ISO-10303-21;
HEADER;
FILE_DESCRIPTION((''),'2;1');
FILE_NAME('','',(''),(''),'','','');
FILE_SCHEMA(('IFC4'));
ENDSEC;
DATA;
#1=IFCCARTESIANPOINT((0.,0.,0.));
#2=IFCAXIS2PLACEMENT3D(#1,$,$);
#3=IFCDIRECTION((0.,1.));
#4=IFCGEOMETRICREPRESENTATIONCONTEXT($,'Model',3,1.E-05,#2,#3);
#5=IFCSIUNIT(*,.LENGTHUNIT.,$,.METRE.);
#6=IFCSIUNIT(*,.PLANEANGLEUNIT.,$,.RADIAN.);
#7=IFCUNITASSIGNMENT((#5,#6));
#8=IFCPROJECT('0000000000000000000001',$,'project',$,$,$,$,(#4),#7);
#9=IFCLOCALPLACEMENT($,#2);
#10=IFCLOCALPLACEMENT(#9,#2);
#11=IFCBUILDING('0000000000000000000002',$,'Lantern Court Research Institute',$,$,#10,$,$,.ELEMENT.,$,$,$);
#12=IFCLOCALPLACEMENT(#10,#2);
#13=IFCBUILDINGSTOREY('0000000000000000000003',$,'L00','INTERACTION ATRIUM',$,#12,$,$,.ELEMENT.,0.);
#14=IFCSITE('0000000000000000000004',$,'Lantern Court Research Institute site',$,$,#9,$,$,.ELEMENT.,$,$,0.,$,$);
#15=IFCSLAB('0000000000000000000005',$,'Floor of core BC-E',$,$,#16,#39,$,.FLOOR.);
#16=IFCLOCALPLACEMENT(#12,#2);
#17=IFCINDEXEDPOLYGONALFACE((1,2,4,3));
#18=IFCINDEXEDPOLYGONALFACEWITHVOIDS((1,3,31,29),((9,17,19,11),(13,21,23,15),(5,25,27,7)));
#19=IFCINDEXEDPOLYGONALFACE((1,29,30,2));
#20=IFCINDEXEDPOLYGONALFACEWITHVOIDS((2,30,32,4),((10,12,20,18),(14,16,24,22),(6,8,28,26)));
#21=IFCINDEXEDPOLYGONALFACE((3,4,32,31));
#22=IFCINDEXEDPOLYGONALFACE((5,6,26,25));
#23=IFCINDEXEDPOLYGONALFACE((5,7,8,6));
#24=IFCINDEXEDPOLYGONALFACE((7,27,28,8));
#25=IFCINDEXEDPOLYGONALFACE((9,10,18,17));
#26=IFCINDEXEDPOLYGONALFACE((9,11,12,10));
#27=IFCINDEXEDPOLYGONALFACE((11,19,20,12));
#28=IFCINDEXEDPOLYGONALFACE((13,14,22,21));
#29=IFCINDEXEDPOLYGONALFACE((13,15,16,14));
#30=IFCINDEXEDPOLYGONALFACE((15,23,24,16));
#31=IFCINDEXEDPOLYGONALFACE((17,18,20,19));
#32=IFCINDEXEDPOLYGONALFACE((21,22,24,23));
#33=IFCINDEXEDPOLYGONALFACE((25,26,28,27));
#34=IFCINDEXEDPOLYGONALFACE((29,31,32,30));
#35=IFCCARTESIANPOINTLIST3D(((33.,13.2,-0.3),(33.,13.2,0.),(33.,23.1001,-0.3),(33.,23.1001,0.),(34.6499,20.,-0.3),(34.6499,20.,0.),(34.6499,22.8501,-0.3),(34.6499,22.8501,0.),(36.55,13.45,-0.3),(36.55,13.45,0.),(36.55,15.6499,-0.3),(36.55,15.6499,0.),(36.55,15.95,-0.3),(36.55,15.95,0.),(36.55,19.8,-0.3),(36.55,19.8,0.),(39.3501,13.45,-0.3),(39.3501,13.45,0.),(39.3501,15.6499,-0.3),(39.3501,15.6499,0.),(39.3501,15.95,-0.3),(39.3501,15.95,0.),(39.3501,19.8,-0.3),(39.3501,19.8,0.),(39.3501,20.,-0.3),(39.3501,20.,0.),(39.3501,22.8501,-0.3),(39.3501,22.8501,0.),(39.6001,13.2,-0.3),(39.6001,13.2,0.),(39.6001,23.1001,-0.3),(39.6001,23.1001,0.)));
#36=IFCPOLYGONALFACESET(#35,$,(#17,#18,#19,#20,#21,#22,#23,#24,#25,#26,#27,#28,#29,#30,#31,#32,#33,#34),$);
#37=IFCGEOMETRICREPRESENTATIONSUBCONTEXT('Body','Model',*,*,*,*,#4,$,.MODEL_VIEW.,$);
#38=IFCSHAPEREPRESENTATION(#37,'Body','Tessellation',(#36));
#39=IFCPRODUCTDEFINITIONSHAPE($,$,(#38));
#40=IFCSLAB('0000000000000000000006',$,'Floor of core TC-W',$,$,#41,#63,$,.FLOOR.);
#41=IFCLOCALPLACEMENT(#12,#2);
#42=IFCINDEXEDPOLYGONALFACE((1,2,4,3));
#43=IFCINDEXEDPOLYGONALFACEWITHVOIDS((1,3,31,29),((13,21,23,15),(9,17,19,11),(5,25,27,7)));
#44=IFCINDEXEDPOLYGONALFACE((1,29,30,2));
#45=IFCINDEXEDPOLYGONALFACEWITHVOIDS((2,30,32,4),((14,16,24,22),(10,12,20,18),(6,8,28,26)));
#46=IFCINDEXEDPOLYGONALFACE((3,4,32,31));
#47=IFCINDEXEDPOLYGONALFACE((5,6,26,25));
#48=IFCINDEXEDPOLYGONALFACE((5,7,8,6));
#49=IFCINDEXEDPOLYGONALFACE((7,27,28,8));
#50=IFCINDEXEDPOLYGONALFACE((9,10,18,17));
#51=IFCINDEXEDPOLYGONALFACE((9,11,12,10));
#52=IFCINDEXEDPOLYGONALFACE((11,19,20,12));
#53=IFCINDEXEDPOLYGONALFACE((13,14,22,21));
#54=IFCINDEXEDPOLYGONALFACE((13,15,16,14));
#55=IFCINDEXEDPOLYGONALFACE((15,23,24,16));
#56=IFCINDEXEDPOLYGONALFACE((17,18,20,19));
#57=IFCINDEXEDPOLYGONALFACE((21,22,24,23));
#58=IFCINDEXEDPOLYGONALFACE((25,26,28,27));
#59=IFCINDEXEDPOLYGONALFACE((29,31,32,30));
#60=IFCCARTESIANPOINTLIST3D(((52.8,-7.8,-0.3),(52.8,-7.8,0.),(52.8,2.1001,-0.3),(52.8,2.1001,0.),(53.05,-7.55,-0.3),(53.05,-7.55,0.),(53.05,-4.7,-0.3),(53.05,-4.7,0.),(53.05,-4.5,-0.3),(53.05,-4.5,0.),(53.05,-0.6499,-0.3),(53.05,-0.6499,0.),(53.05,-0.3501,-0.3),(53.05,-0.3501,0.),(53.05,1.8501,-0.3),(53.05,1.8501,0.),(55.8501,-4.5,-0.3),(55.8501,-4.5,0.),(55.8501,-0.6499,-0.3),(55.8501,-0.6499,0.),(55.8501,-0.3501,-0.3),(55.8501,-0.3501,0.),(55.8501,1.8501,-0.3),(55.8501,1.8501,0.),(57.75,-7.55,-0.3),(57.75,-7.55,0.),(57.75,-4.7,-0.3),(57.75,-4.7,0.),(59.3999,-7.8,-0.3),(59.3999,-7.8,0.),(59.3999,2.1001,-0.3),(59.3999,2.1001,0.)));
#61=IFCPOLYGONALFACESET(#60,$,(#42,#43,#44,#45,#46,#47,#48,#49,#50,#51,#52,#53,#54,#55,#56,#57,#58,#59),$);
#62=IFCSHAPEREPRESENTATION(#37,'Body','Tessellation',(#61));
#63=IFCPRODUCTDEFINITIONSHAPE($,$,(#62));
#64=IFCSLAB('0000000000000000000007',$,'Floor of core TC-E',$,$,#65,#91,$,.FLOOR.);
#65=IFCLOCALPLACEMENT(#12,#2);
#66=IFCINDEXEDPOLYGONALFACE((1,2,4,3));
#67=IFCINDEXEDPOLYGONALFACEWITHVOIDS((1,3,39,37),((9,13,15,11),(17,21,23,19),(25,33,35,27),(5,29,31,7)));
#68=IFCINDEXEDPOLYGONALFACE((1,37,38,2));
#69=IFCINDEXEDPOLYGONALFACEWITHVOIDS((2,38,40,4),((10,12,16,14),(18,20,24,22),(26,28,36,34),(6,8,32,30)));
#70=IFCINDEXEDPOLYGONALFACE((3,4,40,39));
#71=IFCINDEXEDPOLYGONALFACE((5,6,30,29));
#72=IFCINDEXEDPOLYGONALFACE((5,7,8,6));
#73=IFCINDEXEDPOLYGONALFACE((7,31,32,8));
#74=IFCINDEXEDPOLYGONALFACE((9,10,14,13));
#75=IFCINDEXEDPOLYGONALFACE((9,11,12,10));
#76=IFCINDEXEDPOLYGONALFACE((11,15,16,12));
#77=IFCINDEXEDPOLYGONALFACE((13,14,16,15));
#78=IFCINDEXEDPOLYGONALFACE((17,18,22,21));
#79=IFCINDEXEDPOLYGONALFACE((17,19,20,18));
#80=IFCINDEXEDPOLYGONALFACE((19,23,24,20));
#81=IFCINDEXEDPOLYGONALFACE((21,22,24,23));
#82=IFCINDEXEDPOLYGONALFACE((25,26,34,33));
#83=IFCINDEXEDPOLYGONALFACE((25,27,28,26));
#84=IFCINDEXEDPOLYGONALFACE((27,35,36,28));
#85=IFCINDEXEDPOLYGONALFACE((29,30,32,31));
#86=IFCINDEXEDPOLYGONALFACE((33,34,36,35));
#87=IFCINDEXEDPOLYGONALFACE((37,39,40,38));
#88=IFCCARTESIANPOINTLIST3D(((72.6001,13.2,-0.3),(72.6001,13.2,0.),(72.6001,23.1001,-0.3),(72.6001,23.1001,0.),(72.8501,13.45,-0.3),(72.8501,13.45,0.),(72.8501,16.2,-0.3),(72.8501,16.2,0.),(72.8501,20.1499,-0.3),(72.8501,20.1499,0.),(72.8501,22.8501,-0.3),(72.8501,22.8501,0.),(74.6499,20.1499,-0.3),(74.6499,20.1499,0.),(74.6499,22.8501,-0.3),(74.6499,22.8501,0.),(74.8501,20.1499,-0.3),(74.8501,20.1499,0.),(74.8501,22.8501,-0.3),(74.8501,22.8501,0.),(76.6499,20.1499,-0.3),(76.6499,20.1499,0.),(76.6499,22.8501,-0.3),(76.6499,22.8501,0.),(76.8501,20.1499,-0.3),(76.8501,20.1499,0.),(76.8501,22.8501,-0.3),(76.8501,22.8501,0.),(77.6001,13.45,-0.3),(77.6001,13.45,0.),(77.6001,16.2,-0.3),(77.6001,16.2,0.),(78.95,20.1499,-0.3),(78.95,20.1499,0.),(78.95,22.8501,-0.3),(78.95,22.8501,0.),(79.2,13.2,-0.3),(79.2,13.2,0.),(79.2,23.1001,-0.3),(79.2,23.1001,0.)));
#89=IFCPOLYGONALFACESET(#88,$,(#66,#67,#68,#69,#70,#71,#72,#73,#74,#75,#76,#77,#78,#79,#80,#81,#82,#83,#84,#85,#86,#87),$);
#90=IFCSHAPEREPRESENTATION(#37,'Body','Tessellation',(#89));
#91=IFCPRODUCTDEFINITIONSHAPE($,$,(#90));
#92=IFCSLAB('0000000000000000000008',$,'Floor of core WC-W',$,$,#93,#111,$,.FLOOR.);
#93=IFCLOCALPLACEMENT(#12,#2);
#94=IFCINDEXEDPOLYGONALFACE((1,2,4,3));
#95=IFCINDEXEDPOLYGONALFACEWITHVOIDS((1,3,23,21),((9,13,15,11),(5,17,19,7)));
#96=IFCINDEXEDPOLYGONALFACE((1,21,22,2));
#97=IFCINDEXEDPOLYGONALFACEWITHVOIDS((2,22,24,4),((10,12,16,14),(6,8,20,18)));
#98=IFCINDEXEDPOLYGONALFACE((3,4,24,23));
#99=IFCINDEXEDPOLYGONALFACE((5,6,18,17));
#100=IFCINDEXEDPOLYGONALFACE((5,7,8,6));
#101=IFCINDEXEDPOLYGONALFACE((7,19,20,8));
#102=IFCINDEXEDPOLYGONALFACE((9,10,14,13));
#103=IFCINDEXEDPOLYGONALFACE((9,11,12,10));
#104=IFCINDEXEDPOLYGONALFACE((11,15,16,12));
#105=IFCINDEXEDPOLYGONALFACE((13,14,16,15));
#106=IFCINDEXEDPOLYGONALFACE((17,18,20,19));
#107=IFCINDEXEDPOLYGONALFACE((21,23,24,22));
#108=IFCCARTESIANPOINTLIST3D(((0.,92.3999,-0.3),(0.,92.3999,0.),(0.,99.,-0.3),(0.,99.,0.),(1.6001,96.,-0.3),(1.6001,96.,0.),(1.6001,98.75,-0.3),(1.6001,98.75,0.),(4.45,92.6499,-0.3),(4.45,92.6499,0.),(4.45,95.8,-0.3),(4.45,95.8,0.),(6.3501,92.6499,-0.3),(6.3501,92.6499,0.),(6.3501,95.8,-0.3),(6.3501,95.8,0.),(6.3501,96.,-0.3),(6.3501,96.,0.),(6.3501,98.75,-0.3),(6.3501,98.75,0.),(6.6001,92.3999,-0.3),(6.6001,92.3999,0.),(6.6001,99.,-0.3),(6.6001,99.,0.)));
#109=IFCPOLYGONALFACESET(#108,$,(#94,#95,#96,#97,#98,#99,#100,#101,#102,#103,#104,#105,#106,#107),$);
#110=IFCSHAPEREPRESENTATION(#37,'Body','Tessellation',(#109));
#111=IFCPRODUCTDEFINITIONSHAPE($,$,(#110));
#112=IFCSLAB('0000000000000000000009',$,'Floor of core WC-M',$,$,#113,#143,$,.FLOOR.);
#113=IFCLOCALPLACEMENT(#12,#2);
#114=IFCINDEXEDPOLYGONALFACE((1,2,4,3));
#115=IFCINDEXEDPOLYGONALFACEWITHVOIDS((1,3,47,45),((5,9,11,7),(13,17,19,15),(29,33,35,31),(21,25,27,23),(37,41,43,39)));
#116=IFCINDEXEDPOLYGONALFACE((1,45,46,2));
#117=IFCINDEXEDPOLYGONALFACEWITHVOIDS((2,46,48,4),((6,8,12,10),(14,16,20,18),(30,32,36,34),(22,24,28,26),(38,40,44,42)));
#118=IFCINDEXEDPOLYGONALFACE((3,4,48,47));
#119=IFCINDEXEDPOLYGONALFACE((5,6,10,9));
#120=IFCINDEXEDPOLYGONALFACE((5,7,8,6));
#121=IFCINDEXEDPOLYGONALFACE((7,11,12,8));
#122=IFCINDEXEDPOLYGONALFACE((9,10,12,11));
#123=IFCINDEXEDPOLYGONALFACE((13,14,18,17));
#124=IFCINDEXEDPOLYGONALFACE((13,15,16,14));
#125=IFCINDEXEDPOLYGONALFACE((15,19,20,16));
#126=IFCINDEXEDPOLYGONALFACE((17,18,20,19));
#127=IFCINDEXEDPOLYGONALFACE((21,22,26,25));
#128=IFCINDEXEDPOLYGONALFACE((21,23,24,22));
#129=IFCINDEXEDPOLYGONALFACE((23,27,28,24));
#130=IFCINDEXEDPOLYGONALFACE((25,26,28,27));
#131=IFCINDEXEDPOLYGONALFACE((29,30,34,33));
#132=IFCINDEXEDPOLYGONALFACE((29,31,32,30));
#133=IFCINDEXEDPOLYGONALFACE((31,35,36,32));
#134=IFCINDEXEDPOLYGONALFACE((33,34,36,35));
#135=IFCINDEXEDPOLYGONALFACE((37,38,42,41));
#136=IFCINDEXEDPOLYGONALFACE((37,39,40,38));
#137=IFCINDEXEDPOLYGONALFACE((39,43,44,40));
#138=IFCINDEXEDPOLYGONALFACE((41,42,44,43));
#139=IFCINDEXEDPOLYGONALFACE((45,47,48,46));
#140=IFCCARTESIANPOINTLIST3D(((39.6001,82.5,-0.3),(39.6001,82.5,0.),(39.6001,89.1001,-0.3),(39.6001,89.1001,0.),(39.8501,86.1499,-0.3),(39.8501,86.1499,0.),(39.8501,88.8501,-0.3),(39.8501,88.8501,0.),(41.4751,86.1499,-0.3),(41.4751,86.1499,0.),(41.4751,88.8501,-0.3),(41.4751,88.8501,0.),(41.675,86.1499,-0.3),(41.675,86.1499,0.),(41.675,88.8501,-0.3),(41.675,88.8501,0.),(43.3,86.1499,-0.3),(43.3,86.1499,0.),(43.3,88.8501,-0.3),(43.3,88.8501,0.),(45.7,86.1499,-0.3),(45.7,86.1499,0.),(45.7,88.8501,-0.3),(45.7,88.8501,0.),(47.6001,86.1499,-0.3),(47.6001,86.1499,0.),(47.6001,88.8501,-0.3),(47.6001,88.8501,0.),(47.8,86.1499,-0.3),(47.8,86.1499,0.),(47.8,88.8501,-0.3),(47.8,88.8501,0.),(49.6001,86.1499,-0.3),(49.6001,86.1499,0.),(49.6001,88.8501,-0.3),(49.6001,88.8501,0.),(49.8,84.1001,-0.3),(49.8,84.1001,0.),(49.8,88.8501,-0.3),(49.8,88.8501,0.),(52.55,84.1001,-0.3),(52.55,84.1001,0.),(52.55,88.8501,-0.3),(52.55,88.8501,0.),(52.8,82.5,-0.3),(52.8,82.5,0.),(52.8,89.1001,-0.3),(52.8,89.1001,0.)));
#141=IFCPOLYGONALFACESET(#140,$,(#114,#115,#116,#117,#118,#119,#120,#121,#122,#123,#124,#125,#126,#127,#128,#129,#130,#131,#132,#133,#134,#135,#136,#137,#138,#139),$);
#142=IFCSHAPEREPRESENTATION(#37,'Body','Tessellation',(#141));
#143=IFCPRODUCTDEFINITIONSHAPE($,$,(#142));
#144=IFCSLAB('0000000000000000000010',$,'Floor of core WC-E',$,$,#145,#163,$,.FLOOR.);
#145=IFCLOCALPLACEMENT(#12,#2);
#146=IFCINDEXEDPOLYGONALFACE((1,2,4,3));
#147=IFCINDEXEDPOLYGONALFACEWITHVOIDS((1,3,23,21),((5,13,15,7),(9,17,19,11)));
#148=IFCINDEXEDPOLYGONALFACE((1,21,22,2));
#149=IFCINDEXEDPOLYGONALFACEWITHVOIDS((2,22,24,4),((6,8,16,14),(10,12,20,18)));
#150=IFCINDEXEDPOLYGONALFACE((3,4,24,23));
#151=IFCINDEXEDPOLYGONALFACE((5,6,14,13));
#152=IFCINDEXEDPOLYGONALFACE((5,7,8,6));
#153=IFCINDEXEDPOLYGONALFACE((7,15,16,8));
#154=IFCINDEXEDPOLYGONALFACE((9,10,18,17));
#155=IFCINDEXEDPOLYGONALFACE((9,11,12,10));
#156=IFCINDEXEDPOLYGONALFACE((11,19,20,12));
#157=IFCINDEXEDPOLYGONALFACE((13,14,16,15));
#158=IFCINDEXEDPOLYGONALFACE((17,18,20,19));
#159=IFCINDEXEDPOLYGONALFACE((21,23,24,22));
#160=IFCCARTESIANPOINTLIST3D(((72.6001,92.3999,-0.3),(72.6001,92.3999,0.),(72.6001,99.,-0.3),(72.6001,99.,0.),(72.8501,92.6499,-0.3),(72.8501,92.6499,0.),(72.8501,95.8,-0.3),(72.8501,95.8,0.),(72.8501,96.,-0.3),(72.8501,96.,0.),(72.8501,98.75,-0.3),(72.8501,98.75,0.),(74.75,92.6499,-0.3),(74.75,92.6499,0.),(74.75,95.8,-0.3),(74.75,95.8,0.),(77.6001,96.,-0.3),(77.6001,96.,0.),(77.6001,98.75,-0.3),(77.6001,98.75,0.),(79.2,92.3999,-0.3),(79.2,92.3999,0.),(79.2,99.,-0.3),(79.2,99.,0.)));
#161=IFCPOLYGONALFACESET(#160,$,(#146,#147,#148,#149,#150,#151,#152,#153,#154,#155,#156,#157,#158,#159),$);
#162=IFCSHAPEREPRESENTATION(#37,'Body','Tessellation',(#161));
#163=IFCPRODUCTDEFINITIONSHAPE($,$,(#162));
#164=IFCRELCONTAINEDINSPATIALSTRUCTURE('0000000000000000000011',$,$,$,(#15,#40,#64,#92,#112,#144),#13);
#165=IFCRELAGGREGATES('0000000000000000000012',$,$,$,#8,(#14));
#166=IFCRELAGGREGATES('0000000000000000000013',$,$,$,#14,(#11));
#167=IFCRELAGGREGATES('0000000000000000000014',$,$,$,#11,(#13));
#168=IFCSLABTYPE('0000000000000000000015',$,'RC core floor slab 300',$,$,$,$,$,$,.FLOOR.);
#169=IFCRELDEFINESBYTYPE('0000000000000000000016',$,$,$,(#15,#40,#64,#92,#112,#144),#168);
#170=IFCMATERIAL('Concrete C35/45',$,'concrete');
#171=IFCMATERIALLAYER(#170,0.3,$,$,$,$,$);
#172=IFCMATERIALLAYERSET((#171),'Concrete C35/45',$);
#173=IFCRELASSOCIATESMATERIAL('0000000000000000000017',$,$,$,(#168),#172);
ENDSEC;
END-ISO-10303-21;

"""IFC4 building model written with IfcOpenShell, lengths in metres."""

from ifc_helpers import new_model, si_unit, direction, frame, origin, place, context, subcontext, project, spatial, polyline, outline, extrude, material, layer, layer_set, type_object, element, save


model = new_model("IFC4")

# Units and contexts
model_context = context("Model", 3, precision=1e-05, world=origin(), true_north=direction((0.0, 1.0)))
body_context = subcontext(model_context, "Body", "Model", "MODEL_VIEW")
ifc_project = project(units=[si_unit("LENGTHUNIT", "METRE"), si_unit("PLANEANGLEUNIT", "RADIAN")], contexts=[model_context])

# Site, building, storey
site_placement = place(None, origin())
site = spatial("IfcSite", under=ifc_project, at=site_placement, Name="Lantern Court Research Institute site", CompositionType="ELEMENT", RefElevation=0.0)
building_placement = place(site_placement, origin())
building = spatial("IfcBuilding", under=site, at=building_placement, Name="Lantern Court Research Institute", CompositionType="ELEMENT")
storey_placement = place(building_placement, origin())
storey = spatial("IfcBuildingStorey", under=building, at=storey_placement, Name="L00", Description="INTERACTION ATRIUM", CompositionType="ELEMENT", Elevation=0.0)

# Slabs
ifc_material_1 = material(Name="Concrete C35/45", Category="concrete")
ifc_layer_1 = layer(ifc_material_1, 0.3)
ifc_layer_set_1 = layer_set([ifc_layer_1], Name="Concrete C35/45")
slab_type_1 = type_object("IfcSlabType", Name="RC core floor slab 300", PredefinedType="FLOOR", material=ifc_layer_set_1)
slab_1_placement = place(storey_placement, frame((0.0, 0.0, -0.3)))
element("IfcSlab", 1, at=slab_1_placement, inside=storey, type_object=slab_type_1, Name="Floor of core BC-E", PredefinedType="FLOOR", context=body_context, shape_type="SweptSolid", body=[
    extrude(outline(polyline([(33.0, 13.2), (39.6001, 13.2), (39.6001, 23.1001), (33.0, 23.1001), (33.0, 13.2)]), holes=[polyline([(34.6499, 20.0), (39.3501, 20.0), (39.3501, 22.8501), (34.6499, 22.8501), (34.6499, 20.0)]), polyline([(36.55, 13.45), (39.3501, 13.45), (39.3501, 15.6499), (36.55, 15.6499), (36.55, 13.45)]), polyline([(39.3501, 15.95), (36.55, 15.95), (36.55, 19.8), (39.3501, 19.8), (39.3501, 15.95)])]), origin(), (0.0, 0.0, 1.0), 0.3),
])
slab_2_placement = place(storey_placement, frame((0.0, 0.0, -0.3)))
element("IfcSlab", 2, at=slab_2_placement, inside=storey, type_object=slab_type_1, Name="Floor of core TC-W", PredefinedType="FLOOR", context=body_context, shape_type="SweptSolid", body=[
    extrude(outline(polyline([(52.8, -7.8), (59.3999, -7.8), (59.3999, 2.1001), (52.8, 2.1001), (52.8, -7.8)]), holes=[polyline([(57.75, -4.7), (53.05, -4.7), (53.05, -7.55), (57.75, -7.55), (57.75, -4.7)]), polyline([(53.05, -0.3501), (55.8501, -0.3501), (55.8501, 1.8501), (53.05, 1.8501), (53.05, -0.3501)]), polyline([(53.05, -0.6499), (55.8501, -0.6499), (55.8501, -4.5), (53.05, -4.5), (53.05, -0.6499)])]), origin(), (0.0, 0.0, 1.0), 0.3),
])
slab_3_placement = place(storey_placement, frame((0.0, 0.0, -0.3)))
element("IfcSlab", 3, at=slab_3_placement, inside=storey, type_object=slab_type_1, Name="Floor of core TC-E", PredefinedType="FLOOR", context=body_context, shape_type="SweptSolid", body=[
    extrude(outline(polyline([(72.6001, 13.2), (79.2, 13.2), (79.2, 23.1001), (72.6001, 23.1001), (72.6001, 13.2)]), holes=[polyline([(77.6001, 16.2), (72.8501, 16.2), (72.8501, 13.45), (77.6001, 13.45), (77.6001, 16.2)]), polyline([(72.8501, 20.1499), (74.6499, 20.1499), (74.6499, 22.8501), (72.8501, 22.8501), (72.8501, 20.1499)]), polyline([(74.8501, 20.1499), (76.6499, 20.1499), (76.6499, 22.8501), (74.8501, 22.8501), (74.8501, 20.1499)]), polyline([(76.8501, 20.1499), (78.95, 20.1499), (78.95, 22.8501), (76.8501, 22.8501), (76.8501, 20.1499)])]), origin(), (0.0, 0.0, 1.0), 0.3),
])
slab_4_placement = place(storey_placement, frame((0.0, 0.0, -0.3)))
element("IfcSlab", 4, at=slab_4_placement, inside=storey, type_object=slab_type_1, Name="Floor of core WC-W", PredefinedType="FLOOR", context=body_context, shape_type="SweptSolid", body=[
    extrude(outline(polyline([(0.0, 92.3999), (6.6001, 92.3999), (6.6001, 99.0), (0.0, 99.0), (0.0, 92.3999)]), holes=[polyline([(1.6001, 96.0), (6.3501, 96.0), (6.3501, 98.75), (1.6001, 98.75), (1.6001, 96.0)]), polyline([(4.45, 92.6499), (4.45, 95.8), (6.3501, 95.8), (6.3501, 92.6499), (4.45, 92.6499)])]), origin(), (0.0, 0.0, 1.0), 0.3),
])
slab_5_placement = place(storey_placement, frame((0.0, 0.0, -0.3)))
element("IfcSlab", 5, at=slab_5_placement, inside=storey, type_object=slab_type_1, Name="Floor of core WC-M", PredefinedType="FLOOR", context=body_context, shape_type="SweptSolid", body=[
    extrude(outline(polyline([(39.6001, 82.5), (52.8, 82.5), (52.8, 89.1001), (39.6001, 89.1001), (39.6001, 82.5)]), holes=[polyline([(52.55, 84.1001), (52.55, 88.8501), (49.8, 88.8501), (49.8, 84.1001), (52.55, 84.1001)]), polyline([(47.8, 86.1499), (49.6001, 86.1499), (49.6001, 88.8501), (47.8, 88.8501), (47.8, 86.1499)]), polyline([(45.7, 86.1499), (47.6001, 86.1499), (47.6001, 88.8501), (45.7, 88.8501), (45.7, 86.1499)]), polyline([(43.3, 88.8501), (43.3, 86.1499), (41.675, 86.1499), (41.675, 88.8501), (43.3, 88.8501)]), polyline([(41.4751, 88.8501), (41.4751, 86.1499), (39.8501, 86.1499), (39.8501, 88.8501), (41.4751, 88.8501)])]), origin(), (0.0, 0.0, 1.0), 0.3),
])
slab_6_placement = place(storey_placement, frame((0.0, 0.0, -0.3)))
element("IfcSlab", 6, at=slab_6_placement, inside=storey, type_object=slab_type_1, Name="Floor of core WC-E", PredefinedType="FLOOR", context=body_context, shape_type="SweptSolid", body=[
    extrude(outline(polyline([(72.6001, 92.3999), (79.2, 92.3999), (79.2, 99.0), (72.6001, 99.0), (72.6001, 92.3999)]), holes=[polyline([(77.6001, 98.75), (72.8501, 98.75), (72.8501, 96.0), (77.6001, 96.0), (77.6001, 98.75)]), polyline([(72.8501, 92.6499), (72.8501, 95.8), (74.75, 95.8), (74.75, 92.6499), (72.8501, 92.6499)])]), origin(), (0.0, 0.0, 1.0), 0.3),
])

save(model, "model.ifc")
